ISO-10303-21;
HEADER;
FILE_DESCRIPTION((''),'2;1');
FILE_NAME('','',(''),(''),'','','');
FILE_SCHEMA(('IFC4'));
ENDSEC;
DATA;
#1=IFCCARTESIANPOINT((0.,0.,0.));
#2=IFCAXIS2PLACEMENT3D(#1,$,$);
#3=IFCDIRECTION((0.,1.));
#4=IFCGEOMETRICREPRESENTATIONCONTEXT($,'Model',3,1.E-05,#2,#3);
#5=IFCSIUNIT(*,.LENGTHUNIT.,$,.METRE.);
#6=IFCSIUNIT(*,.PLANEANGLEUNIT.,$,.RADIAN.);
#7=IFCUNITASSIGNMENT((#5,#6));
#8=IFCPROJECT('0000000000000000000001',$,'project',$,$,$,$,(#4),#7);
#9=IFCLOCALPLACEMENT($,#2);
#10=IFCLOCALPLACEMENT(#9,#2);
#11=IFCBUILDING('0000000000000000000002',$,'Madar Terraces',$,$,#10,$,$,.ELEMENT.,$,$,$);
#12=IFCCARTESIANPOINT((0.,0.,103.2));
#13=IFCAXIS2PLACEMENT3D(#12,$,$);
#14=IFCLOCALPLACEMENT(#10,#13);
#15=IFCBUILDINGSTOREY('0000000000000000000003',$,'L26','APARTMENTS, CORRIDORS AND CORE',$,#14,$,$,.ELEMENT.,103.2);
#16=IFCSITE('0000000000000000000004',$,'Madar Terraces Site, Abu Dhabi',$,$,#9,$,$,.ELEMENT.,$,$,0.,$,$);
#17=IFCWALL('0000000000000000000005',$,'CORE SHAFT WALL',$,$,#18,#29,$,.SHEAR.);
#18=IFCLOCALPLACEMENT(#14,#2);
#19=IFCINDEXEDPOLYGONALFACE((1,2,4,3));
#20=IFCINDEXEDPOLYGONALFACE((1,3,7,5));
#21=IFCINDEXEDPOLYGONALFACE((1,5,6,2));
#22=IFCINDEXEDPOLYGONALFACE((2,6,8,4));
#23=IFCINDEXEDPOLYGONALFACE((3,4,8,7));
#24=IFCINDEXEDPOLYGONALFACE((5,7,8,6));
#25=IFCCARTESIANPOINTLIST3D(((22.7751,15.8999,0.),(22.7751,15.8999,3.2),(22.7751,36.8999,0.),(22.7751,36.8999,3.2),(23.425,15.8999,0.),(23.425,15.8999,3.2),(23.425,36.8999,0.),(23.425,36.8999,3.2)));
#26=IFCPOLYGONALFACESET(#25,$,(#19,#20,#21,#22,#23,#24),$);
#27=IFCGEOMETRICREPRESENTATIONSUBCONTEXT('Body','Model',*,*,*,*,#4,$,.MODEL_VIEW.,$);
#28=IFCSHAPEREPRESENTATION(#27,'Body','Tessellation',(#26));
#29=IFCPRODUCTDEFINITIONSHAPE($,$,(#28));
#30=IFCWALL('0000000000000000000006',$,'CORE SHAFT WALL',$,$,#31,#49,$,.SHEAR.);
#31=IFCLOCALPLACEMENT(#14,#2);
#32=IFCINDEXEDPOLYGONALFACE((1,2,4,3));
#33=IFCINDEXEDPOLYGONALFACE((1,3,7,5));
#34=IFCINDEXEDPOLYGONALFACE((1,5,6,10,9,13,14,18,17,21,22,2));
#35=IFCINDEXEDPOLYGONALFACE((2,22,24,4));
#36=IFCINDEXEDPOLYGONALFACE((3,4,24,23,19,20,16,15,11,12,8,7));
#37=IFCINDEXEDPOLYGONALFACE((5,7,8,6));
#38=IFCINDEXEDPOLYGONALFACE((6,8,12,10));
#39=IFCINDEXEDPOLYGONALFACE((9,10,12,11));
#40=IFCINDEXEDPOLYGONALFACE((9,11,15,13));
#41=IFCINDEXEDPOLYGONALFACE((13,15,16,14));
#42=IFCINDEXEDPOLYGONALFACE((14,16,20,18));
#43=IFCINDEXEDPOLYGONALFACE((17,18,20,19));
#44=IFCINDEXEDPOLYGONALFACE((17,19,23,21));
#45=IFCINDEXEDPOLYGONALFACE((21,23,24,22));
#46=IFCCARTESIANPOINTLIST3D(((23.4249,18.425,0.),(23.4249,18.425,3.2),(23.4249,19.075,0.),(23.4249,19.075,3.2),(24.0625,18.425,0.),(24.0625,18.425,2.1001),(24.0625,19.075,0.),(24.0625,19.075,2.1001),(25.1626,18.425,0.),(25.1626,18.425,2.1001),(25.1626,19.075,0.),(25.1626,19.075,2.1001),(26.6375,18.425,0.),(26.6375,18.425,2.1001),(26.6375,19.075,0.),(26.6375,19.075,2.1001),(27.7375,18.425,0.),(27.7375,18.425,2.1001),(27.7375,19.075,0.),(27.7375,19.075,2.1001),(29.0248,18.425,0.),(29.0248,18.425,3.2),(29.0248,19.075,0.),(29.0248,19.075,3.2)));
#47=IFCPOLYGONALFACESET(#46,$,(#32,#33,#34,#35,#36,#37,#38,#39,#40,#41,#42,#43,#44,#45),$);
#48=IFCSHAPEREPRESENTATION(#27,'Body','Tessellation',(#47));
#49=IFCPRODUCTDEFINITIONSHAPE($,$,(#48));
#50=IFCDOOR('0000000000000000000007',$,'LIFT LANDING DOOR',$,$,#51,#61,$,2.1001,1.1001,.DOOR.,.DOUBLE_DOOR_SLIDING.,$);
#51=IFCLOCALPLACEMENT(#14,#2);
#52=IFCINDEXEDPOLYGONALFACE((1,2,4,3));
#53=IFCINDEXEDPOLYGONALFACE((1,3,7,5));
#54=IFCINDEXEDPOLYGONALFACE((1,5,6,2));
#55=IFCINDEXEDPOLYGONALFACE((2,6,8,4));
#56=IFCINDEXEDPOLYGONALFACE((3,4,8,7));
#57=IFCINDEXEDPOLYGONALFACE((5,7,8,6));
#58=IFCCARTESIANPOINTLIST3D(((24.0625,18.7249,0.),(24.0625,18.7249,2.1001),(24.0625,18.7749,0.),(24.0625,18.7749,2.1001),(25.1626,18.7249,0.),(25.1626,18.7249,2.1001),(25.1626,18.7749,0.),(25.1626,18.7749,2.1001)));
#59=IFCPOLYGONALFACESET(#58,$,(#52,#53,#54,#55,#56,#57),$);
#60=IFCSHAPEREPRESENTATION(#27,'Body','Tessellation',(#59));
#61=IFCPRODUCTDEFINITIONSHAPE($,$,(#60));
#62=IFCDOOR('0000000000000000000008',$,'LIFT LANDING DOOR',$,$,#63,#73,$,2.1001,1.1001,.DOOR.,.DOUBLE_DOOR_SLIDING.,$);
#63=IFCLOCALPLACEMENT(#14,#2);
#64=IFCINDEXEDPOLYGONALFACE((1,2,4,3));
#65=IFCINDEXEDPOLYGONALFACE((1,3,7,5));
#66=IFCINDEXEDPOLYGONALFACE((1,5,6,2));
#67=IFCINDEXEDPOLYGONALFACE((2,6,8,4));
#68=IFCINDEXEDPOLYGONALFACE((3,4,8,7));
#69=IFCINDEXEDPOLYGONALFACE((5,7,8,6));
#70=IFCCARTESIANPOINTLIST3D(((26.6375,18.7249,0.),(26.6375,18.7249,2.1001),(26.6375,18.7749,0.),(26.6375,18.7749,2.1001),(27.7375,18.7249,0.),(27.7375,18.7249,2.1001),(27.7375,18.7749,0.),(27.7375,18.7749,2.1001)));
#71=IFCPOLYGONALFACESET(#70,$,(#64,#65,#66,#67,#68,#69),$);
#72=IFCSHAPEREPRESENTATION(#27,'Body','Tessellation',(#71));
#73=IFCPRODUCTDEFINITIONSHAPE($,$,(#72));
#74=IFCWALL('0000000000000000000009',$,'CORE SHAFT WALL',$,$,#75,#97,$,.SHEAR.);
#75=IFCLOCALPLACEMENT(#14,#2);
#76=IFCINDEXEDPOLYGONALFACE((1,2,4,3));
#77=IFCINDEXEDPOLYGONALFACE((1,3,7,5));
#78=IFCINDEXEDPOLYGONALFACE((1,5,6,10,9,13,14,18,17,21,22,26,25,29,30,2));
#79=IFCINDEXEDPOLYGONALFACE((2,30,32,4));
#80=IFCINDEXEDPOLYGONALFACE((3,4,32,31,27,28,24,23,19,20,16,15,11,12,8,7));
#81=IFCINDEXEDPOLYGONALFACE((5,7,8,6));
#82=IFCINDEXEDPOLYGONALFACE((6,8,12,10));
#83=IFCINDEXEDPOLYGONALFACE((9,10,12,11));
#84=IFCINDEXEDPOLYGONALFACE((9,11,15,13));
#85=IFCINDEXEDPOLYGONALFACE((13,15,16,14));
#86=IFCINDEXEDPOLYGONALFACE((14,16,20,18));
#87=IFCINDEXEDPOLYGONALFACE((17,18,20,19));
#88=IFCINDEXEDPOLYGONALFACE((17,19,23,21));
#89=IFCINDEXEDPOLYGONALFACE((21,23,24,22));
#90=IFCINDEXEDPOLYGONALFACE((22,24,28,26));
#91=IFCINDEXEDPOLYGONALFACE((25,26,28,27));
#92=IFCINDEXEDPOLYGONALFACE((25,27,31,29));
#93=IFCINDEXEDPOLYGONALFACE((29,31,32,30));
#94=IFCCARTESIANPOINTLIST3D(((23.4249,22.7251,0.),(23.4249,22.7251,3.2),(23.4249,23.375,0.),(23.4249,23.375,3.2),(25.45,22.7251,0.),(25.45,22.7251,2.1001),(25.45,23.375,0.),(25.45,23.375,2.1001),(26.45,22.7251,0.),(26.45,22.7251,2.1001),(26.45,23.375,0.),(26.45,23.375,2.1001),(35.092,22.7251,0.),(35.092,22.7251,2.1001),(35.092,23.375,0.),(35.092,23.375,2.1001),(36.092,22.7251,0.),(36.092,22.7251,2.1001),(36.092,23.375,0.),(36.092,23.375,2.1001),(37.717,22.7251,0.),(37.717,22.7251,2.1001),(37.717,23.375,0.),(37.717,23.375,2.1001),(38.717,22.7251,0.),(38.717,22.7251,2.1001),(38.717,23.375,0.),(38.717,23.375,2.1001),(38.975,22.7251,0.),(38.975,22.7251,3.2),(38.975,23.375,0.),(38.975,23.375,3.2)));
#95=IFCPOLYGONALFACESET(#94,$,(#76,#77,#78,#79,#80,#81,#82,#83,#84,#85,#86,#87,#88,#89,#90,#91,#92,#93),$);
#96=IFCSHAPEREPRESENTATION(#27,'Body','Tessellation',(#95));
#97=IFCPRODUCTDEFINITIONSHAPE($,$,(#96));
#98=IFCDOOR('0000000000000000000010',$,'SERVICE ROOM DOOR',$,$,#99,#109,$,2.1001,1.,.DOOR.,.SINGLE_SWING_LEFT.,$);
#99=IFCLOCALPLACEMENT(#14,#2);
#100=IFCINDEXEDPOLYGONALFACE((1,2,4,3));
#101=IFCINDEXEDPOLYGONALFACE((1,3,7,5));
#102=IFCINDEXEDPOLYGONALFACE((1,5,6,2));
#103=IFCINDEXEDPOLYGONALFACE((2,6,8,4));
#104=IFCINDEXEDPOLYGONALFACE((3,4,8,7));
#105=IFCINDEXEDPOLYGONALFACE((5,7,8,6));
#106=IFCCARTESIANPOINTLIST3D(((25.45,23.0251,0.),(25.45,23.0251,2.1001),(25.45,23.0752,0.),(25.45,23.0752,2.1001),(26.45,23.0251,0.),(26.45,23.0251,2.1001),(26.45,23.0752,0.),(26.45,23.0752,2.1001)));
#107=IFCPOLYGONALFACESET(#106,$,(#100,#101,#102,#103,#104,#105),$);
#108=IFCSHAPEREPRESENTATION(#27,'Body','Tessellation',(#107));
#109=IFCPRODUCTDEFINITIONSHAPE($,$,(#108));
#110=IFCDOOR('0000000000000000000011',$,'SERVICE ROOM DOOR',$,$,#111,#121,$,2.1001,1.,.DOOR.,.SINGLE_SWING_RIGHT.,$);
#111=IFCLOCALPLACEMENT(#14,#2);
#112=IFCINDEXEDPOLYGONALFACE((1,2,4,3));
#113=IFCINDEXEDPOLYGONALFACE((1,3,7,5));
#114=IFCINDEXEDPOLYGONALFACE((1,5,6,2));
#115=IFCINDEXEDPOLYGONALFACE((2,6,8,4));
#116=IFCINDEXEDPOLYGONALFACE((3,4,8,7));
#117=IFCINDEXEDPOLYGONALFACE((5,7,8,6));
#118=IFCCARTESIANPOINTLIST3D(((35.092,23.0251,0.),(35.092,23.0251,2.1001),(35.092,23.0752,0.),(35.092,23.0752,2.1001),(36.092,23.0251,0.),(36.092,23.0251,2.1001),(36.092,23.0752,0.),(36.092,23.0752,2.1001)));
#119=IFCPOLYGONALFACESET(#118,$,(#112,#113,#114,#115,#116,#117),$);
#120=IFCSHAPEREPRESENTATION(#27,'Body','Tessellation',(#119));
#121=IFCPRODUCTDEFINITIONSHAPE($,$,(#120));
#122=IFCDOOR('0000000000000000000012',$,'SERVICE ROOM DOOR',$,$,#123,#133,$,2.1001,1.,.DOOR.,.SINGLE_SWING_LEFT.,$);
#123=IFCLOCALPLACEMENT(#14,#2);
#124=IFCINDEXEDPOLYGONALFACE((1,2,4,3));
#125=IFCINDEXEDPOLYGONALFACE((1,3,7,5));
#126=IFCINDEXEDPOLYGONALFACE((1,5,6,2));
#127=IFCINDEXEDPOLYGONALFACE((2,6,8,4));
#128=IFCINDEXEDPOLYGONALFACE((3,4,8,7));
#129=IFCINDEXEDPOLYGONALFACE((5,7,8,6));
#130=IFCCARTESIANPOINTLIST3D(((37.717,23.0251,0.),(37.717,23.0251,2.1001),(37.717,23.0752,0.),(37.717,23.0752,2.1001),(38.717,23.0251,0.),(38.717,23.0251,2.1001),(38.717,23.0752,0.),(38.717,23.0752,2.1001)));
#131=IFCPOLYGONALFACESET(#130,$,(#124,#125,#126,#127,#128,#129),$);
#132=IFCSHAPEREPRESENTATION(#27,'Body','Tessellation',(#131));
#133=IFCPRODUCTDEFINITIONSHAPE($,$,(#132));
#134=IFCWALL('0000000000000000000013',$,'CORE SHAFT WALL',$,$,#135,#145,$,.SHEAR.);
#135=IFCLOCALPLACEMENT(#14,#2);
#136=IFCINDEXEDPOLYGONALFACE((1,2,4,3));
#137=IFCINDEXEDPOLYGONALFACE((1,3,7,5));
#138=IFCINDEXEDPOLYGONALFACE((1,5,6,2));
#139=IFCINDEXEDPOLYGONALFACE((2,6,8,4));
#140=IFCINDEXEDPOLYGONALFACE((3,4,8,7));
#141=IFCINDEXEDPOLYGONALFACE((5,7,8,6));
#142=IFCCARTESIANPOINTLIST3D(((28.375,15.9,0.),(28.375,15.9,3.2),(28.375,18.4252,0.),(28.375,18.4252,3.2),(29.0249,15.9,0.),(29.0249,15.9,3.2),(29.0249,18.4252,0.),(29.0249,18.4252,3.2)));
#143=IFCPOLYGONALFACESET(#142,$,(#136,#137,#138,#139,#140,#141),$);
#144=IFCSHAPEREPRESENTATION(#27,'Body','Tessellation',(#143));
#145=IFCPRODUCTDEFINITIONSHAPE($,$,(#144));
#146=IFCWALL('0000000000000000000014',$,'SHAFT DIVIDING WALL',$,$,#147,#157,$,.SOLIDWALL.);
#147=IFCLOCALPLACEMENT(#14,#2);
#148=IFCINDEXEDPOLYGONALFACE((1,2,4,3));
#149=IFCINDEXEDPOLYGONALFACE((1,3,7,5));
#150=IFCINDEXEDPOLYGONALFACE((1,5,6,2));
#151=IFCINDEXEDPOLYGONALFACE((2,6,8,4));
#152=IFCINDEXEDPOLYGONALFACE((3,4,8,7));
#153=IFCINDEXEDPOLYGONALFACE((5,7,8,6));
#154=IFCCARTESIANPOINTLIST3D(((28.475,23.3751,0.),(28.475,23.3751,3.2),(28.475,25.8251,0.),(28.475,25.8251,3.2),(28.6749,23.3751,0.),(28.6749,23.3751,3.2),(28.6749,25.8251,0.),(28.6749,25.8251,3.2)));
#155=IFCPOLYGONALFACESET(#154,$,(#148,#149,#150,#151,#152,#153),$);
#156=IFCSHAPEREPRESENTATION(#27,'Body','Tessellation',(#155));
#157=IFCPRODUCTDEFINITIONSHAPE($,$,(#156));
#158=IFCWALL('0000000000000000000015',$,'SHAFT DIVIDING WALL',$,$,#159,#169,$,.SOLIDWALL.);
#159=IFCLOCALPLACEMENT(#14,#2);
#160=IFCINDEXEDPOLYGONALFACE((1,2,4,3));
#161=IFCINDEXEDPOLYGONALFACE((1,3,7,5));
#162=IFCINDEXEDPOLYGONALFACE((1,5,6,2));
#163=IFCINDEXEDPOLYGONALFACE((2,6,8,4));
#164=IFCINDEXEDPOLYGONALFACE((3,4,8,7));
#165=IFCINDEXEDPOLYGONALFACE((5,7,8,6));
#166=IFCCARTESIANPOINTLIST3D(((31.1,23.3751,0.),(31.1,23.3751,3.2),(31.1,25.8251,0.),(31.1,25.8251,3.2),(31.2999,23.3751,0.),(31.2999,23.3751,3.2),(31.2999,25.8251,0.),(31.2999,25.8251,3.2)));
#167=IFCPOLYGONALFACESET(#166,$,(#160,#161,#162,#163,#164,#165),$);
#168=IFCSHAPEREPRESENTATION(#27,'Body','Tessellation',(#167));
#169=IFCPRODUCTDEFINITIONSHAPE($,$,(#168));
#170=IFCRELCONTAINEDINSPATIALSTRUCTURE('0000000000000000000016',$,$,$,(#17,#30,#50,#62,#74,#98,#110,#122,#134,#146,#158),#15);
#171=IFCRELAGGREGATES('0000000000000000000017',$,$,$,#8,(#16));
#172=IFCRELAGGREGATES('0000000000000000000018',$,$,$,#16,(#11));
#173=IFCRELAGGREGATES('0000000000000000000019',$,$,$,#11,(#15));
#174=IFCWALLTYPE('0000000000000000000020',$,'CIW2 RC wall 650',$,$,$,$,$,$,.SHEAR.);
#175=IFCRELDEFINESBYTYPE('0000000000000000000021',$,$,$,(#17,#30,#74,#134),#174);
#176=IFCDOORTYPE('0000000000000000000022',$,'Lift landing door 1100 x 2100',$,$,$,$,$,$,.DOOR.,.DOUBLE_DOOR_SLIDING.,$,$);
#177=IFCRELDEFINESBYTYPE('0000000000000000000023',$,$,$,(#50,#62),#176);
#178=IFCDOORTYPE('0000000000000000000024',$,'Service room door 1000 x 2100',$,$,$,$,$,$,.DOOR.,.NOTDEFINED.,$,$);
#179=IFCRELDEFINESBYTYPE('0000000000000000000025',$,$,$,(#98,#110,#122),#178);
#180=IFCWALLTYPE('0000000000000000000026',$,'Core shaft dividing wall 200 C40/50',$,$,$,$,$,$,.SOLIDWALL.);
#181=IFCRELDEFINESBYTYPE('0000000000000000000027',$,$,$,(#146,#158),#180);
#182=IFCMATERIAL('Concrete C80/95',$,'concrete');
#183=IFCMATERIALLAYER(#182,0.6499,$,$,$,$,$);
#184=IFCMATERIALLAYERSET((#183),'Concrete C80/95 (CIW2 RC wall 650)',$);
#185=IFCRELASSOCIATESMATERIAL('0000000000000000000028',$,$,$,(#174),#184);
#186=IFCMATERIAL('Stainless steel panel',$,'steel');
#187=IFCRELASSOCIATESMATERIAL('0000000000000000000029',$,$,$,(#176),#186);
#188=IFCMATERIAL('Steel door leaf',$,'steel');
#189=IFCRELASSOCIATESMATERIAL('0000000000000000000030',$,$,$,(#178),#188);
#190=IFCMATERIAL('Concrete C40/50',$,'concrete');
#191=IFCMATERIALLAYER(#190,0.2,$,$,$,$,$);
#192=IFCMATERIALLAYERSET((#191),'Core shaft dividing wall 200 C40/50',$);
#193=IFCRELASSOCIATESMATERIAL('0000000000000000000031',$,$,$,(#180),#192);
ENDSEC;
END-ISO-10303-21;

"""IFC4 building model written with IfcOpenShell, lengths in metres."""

from ifc_helpers import new_model, si_unit, direction, frame, frame_2d, origin, place, context, subcontext, project, spatial, rectangle, extrude, material, layer, layer_set, type_object, element, fill, save


model = new_model("IFC4")

# Units and contexts
model_context = context("Model", 3, precision=1e-05, world=origin(), true_north=direction((0.0, 1.0)))
body_context = subcontext(model_context, "Body", "Model", "MODEL_VIEW")
ifc_project = project(units=[si_unit("LENGTHUNIT", "METRE"), si_unit("PLANEANGLEUNIT", "RADIAN")], contexts=[model_context])

# Site, building, storey
site_placement = place(None, origin())
site = spatial("IfcSite", under=ifc_project, at=site_placement, Name="Madar Terraces Site, Abu Dhabi", CompositionType="ELEMENT", RefElevation=0.0)
building_placement = place(site_placement, origin())
building = spatial("IfcBuilding", under=site, at=building_placement, Name="Madar Terraces", CompositionType="ELEMENT")
storey_placement = place(building_placement, frame((0.0, 0.0, 103.2)))
storey = spatial("IfcBuildingStorey", under=building, at=storey_placement, Name="L26", Description="APARTMENTS, CORRIDORS AND CORE", CompositionType="ELEMENT", Elevation=103.2)

# Wall
ifc_material_1 = material(Name="Concrete C80/95", Category="concrete")
ifc_layer_1 = layer(ifc_material_1, 0.6499)
ifc_layer_set_1 = layer_set([ifc_layer_1], Name="Concrete C80/95 (CIW2 RC wall 650)")
wall_type_1 = type_object("IfcWallType", Name="CIW2 RC wall 650", PredefinedType="SHEAR", material=ifc_layer_set_1)
wall_1_placement = place(storey_placement, frame((23.1001, 15.8999, 0.0), z_axis=(0.0, 0.0, 1.0), x_axis=(0.0, 1.0, 0.0)))
element("IfcWall", 1, at=wall_1_placement, inside=storey, type_object=wall_type_1, Name="CORE SHAFT WALL", PredefinedType="SHEAR", context=body_context, shape_type="SweptSolid", body=[
    extrude(rectangle(XDim=21.0, YDim=0.6499, at=frame_2d((10.5, 0.0))), origin(), (0.0, 0.0, 1.0), 3.2),
])

# Walls, openings, doors
wall_2_placement = place(storey_placement, frame((23.425, 18.75, 0.0), z_axis=(0.0, 0.0, 1.0), x_axis=(1.0, 0.0, 0.0)))
wall_2 = element("IfcWall", 2, at=wall_2_placement, inside=storey, type_object=wall_type_1, Name="CORE SHAFT WALL", PredefinedType="SHEAR", context=body_context, shape_type="SweptSolid", body=[
    extrude(rectangle(XDim=5.5999, YDim=0.6499, at=frame_2d((2.7998, 0.0))), origin(), (0.0, 0.0, 1.0), 3.2),
])
opening_1_placement = place(wall_2_placement, frame((0.6375, 0.0, 0.0)))
opening_1 = element("IfcOpeningElement", 3, at=opening_1_placement, cuts=wall_2, PredefinedType="OPENING", context=body_context, shape_type="SweptSolid", body=[
    extrude(rectangle(XDim=1.1001, YDim=2.1001, at=frame_2d((0.55, 1.05))), frame((0.0, 0.335, 0.0), z_axis=(0.0, -1.0, 0.0), x_axis=(1.0, 0.0, 0.0)), (0.0, 0.0, 1.0), 0.6699),
])
opening_2_placement = place(wall_2_placement, frame((3.2124, 0.0, 0.0)))
opening_2 = element("IfcOpeningElement", 4, at=opening_2_placement, cuts=wall_2, PredefinedType="OPENING", context=body_context, shape_type="SweptSolid", body=[
    extrude(rectangle(XDim=1.1001, YDim=2.1001, at=frame_2d((0.55, 1.05))), frame((0.0, 0.335, 0.0), z_axis=(0.0, -1.0, 0.0), x_axis=(1.0, 0.0, 0.0)), (0.0, 0.0, 1.0), 0.6699),
])
ifc_material_2 = material(Name="Stainless steel panel", Category="steel")
door_type_1 = type_object("IfcDoorType", Name="Lift landing door 1100 x 2100", OperationType="DOUBLE_DOOR_SLIDING", PredefinedType="DOOR", material=ifc_material_2)
door_1_placement = place(opening_1_placement, origin())
door_1 = element("IfcDoor", 5, at=door_1_placement, inside=storey, type_object=door_type_1, Name="LIFT LANDING DOOR", OperationType="DOUBLE_DOOR_SLIDING", OverallHeight=2.1001, OverallWidth=1.1001, PredefinedType="DOOR", context=body_context, shape_type="SweptSolid", body=[
    extrude(rectangle(XDim=1.1001, YDim=2.1001, at=frame_2d((0.55, 1.05))), frame((0.0, 0.0249, 0.0), z_axis=(0.0, -1.0, 0.0), x_axis=(1.0, 0.0, 0.0)), (0.0, 0.0, 1.0), 0.05),
])
fill(opening_1, door_1)
door_2_placement = place(opening_2_placement, origin())
door_2 = element("IfcDoor", 6, at=door_2_placement, inside=storey, type_object=door_type_1, Name="LIFT LANDING DOOR", OperationType="DOUBLE_DOOR_SLIDING", OverallHeight=2.1001, OverallWidth=1.1001, PredefinedType="DOOR", context=body_context, shape_type="SweptSolid", body=[
    extrude(rectangle(XDim=1.1001, YDim=2.1001, at=frame_2d((0.55, 1.05))), frame((0.0, 0.0249, 0.0), z_axis=(0.0, -1.0, 0.0), x_axis=(1.0, 0.0, 0.0)), (0.0, 0.0, 1.0), 0.05),
])
fill(opening_2, door_2)
wall_3_placement = place(storey_placement, frame((23.425, 23.05, 0.0), z_axis=(0.0, 0.0, 1.0), x_axis=(1.0, 0.0, 0.0)))
wall_3 = element("IfcWall", 7, at=wall_3_placement, inside=storey, type_object=wall_type_1, Name="CORE SHAFT WALL", PredefinedType="SHEAR", context=body_context, shape_type="SweptSolid", body=[
    extrude(rectangle(XDim=15.55, YDim=0.6499, at=frame_2d((7.7749, 0.0))), origin(), (0.0, 0.0, 1.0), 3.2),
])
opening_3_placement = place(wall_3_placement, frame((2.0249, 0.0, 0.0)))
opening_3 = element("IfcOpeningElement", 8, at=opening_3_placement, cuts=wall_3, PredefinedType="OPENING", context=body_context, shape_type="SweptSolid", body=[
    extrude(rectangle(XDim=1.0, YDim=2.1001, at=frame_2d((0.5, 1.05))), frame((0.0, 0.335, 0.0), z_axis=(0.0, -1.0, 0.0), x_axis=(1.0, 0.0, 0.0)), (0.0, 0.0, 1.0), 0.6699),
])
opening_4_placement = place(wall_3_placement, frame((11.667, 0.0, 0.0)))
opening_4 = element("IfcOpeningElement", 9, at=opening_4_placement, cuts=wall_3, PredefinedType="OPENING", context=body_context, shape_type="SweptSolid", body=[
    extrude(rectangle(XDim=1.0, YDim=2.1001, at=frame_2d((0.5, 1.05))), frame((0.0, 0.335, 0.0), z_axis=(0.0, -1.0, 0.0), x_axis=(1.0, 0.0, 0.0)), (0.0, 0.0, 1.0), 0.6699),
])
opening_5_placement = place(wall_3_placement, frame((14.292, 0.0, 0.0)))
opening_5 = element("IfcOpeningElement", 10, at=opening_5_placement, cuts=wall_3, PredefinedType="OPENING", context=body_context, shape_type="SweptSolid", body=[
    extrude(rectangle(XDim=1.0, YDim=2.1001, at=frame_2d((0.5, 1.05))), frame((0.0, 0.335, 0.0), z_axis=(0.0, -1.0, 0.0), x_axis=(1.0, 0.0, 0.0)), (0.0, 0.0, 1.0), 0.6699),
])
ifc_material_3 = material(Name="Steel door leaf", Category="steel")
door_type_2 = type_object("IfcDoorType", Name="Service room door 1000 x 2100", OperationType="NOTDEFINED", PredefinedType="DOOR", material=ifc_material_3)
door_3_placement = place(opening_3_placement, frame((1.0, 0.0, 0.0), z_axis=(0.0, 0.0, 1.0), x_axis=(-1.0, 0.0, 0.0)))
door_3 = element("IfcDoor", 11, at=door_3_placement, inside=storey, type_object=door_type_2, Name="SERVICE ROOM DOOR", OperationType="SINGLE_SWING_LEFT", OverallHeight=2.1001, OverallWidth=1.0, PredefinedType="DOOR", context=body_context, shape_type="SweptSolid", body=[
    extrude(rectangle(XDim=1.0, YDim=2.1001, at=frame_2d((0.5, 1.05))), frame((0.0, 0.0249, 0.0), z_axis=(0.0, -1.0, 0.0), x_axis=(1.0, 0.0, 0.0)), (0.0, 0.0, 1.0), 0.05),
])
fill(opening_3, door_3)
door_4_placement = place(opening_4_placement, frame((1.0, 0.0, 0.0), z_axis=(0.0, 0.0, 1.0), x_axis=(-1.0, 0.0, 0.0)))
door_4 = element("IfcDoor", 12, at=door_4_placement, inside=storey, type_object=door_type_2, Name="SERVICE ROOM DOOR", OperationType="SINGLE_SWING_RIGHT", OverallHeight=2.1001, OverallWidth=1.0, PredefinedType="DOOR", context=body_context, shape_type="SweptSolid", body=[
    extrude(rectangle(XDim=1.0, YDim=2.1001, at=frame_2d((0.5, 1.05))), frame((0.0, 0.0249, 0.0), z_axis=(0.0, -1.0, 0.0), x_axis=(1.0, 0.0, 0.0)), (0.0, 0.0, 1.0), 0.05),
])
fill(opening_4, door_4)
door_5_placement = place(opening_5_placement, frame((1.0, 0.0, 0.0), z_axis=(0.0, 0.0, 1.0), x_axis=(-1.0, 0.0, 0.0)))
door_5 = element("IfcDoor", 13, at=door_5_placement, inside=storey, type_object=door_type_2, Name="SERVICE ROOM DOOR", OperationType="SINGLE_SWING_LEFT", OverallHeight=2.1001, OverallWidth=1.0, PredefinedType="DOOR", context=body_context, shape_type="SweptSolid", body=[
    extrude(rectangle(XDim=1.0, YDim=2.1001, at=frame_2d((0.5, 1.05))), frame((0.0, 0.0249, 0.0), z_axis=(0.0, -1.0, 0.0), x_axis=(1.0, 0.0, 0.0)), (0.0, 0.0, 1.0), 0.05),
])
fill(opening_5, door_5)

# Walls
wall_4_placement = place(storey_placement, frame((28.7, 15.8999, 0.0), z_axis=(0.0, 0.0, 1.0), x_axis=(0.0, 1.0, 0.0)))
element("IfcWall", 14, at=wall_4_placement, inside=storey, type_object=wall_type_1, Name="CORE SHAFT WALL", PredefinedType="SHEAR", context=body_context, shape_type="SweptSolid", body=[
    extrude(rectangle(XDim=2.5251, YDim=0.6499, at=frame_2d((1.2627, 0.0))), origin(), (0.0, 0.0, 1.0), 3.2),
])
ifc_material_4 = material(Name="Concrete C40/50", Category="concrete")
ifc_layer_2 = layer(ifc_material_4, 0.2)
ifc_layer_set_2 = layer_set([ifc_layer_2], Name="Core shaft dividing wall 200 C40/50")
wall_type_2 = type_object("IfcWallType", Name="Core shaft dividing wall 200 C40/50", PredefinedType="SOLIDWALL", material=ifc_layer_set_2)
for number, where, z_axis, x_axis, name in (
    (15, (28.575, 23.375, 0.0), (0.0, 0.0, 1.0), (0.0, 1.0, 0.0), "SHAFT DIVIDING WALL"),
    (16, (31.2, 23.375, 0.0), (0.0, 0.0, 1.0), (0.0, 1.0, 0.0), "SHAFT DIVIDING WALL"),
):
    element("IfcWall", number, at=place(storey_placement, frame(where, z_axis=z_axis, x_axis=x_axis)), inside=storey, type_object=wall_type_2, Name=name, PredefinedType="SOLIDWALL", context=body_context, shape_type="SweptSolid", body=[
        extrude(rectangle(XDim=2.45, YDim=0.2, at=frame_2d((1.2251, 0.0))), origin(), (0.0, 0.0, 1.0), 3.2),
    ])

save(model, "model.ifc")
